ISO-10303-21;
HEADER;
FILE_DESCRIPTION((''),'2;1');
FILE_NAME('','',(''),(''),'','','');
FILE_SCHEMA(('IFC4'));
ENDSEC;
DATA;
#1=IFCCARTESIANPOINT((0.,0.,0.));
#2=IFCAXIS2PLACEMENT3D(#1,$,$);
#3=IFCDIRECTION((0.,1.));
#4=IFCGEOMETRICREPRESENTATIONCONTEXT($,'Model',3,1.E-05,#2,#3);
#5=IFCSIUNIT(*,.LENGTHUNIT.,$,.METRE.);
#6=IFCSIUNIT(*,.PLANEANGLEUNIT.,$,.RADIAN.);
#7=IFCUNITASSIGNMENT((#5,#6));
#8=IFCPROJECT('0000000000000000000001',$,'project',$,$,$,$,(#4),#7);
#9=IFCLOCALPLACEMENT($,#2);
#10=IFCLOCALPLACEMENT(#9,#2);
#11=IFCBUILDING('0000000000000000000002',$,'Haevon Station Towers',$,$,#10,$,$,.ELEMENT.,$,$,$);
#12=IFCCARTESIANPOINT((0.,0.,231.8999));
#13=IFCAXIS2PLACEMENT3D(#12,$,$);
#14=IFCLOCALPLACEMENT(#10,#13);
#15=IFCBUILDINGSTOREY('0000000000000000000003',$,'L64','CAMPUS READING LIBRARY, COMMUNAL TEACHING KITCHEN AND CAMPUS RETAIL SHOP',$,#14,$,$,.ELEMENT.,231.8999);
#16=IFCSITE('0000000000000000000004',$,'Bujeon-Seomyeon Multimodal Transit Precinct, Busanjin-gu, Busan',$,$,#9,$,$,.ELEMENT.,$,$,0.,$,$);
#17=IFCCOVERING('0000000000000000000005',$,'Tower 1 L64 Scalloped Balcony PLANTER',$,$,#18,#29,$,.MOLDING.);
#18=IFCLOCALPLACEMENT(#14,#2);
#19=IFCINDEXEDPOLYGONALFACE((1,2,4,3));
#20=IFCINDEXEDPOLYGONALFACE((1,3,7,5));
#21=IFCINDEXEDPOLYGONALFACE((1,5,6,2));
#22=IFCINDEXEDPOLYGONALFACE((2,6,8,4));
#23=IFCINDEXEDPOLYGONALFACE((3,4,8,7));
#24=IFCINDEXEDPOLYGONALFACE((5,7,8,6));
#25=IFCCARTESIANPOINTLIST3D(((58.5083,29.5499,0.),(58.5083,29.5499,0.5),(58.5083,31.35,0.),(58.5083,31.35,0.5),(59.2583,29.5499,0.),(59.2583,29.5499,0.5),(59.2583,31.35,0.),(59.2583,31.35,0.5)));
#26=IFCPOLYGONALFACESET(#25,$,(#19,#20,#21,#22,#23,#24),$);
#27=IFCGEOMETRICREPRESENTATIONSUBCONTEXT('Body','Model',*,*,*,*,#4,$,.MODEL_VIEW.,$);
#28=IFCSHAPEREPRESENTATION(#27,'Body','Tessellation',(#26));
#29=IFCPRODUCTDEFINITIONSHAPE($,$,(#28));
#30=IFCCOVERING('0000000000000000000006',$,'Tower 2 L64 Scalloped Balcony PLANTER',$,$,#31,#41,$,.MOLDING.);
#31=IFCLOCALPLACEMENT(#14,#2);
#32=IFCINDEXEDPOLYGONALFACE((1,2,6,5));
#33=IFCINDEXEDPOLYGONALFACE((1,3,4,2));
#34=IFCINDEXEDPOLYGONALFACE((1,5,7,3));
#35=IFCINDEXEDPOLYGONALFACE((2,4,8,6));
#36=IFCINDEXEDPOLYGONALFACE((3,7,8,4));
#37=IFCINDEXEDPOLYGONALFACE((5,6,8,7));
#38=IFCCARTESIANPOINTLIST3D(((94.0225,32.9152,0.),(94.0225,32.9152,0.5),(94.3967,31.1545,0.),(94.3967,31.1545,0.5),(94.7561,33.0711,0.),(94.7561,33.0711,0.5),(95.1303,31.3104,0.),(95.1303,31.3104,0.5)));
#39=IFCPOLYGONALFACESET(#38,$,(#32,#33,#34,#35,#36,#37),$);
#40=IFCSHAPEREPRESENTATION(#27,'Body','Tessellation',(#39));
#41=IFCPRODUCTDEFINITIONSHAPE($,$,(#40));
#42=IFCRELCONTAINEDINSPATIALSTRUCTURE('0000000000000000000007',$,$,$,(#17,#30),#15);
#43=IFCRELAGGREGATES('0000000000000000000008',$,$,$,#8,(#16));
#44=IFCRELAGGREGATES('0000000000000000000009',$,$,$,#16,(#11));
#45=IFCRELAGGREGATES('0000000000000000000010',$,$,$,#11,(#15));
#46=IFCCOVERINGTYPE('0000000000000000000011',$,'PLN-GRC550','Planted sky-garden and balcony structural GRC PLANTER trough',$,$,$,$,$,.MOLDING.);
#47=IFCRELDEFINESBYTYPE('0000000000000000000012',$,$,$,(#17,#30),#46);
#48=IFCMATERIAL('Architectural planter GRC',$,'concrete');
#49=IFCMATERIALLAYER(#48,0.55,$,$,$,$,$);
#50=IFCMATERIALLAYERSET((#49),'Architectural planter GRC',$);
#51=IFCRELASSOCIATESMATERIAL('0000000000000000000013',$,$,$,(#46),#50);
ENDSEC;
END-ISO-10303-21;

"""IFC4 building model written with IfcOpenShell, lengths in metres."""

from ifc_helpers import new_model, si_unit, direction, frame, origin, origin_2d, place, context, subcontext, project, spatial, rectangle, extrude, material, layer, layer_set, type_object, element, save


model = new_model("IFC4")

# Units and contexts
model_context = context("Model", 3, precision=1e-05, world=origin(), true_north=direction((0.0, 1.0)))
body_context = subcontext(model_context, "Body", "Model", "MODEL_VIEW")
ifc_project = project(units=[si_unit("LENGTHUNIT", "METRE"), si_unit("PLANEANGLEUNIT", "RADIAN")], contexts=[model_context])

# Site, building, storey
site_placement = place(None, origin())
site = spatial("IfcSite", under=ifc_project, at=site_placement, Name="Bujeon-Seomyeon Multimodal Transit Precinct, Busanjin-gu, Busan", CompositionType="ELEMENT", RefElevation=0.0)
building_placement = place(site_placement, origin())
building = spatial("IfcBuilding", under=site, at=building_placement, Name="Haevon Station Towers", CompositionType="ELEMENT")
storey_placement = place(building_placement, frame((0.0, 0.0, 231.8999)))
storey = spatial("IfcBuildingStorey", under=building, at=storey_placement, Name="L64", Description="CAMPUS READING LIBRARY, COMMUNAL TEACHING KITCHEN AND CAMPUS RETAIL SHOP", CompositionType="ELEMENT", Elevation=231.8999)

# Coverings
ifc_material_1 = material(Name="Architectural planter GRC", Category="concrete")
ifc_layer_1 = layer(ifc_material_1, 0.55)
ifc_layer_set_1 = layer_set([ifc_layer_1], Name="Architectural planter GRC")
covering_type = type_object("IfcCoveringType", Name="PLN-GRC550", Description="Planted sky-garden and balcony structural GRC PLANTER trough", PredefinedType="MOLDING", material=ifc_layer_set_1)
for number, where, z_axis, x_axis, name in (
    (1, (58.8833, 30.45, 0.0), (0.0, 0.0, 1.0), (1.0, 0.0, 0.0), "Tower 1 L64 Scalloped Balcony PLANTER"),
    (2, (94.5764, 32.1128, 0.0), (0.0, 0.0, 1.0), (0.978148, 0.207912, 0.0), "Tower 2 L64 Scalloped Balcony PLANTER"),
):
    element("IfcCovering", number, at=place(storey_placement, frame(where, z_axis=z_axis, x_axis=x_axis)), inside=storey, type_object=covering_type, Name=name, PredefinedType="MOLDING", context=body_context, shape_type="SweptSolid", body=[
        extrude(rectangle(XDim=0.75, YDim=1.8, at=origin_2d()), origin(), (0.0, 0.0, 1.0), 0.5),
    ])

save(model, "model.ifc")
